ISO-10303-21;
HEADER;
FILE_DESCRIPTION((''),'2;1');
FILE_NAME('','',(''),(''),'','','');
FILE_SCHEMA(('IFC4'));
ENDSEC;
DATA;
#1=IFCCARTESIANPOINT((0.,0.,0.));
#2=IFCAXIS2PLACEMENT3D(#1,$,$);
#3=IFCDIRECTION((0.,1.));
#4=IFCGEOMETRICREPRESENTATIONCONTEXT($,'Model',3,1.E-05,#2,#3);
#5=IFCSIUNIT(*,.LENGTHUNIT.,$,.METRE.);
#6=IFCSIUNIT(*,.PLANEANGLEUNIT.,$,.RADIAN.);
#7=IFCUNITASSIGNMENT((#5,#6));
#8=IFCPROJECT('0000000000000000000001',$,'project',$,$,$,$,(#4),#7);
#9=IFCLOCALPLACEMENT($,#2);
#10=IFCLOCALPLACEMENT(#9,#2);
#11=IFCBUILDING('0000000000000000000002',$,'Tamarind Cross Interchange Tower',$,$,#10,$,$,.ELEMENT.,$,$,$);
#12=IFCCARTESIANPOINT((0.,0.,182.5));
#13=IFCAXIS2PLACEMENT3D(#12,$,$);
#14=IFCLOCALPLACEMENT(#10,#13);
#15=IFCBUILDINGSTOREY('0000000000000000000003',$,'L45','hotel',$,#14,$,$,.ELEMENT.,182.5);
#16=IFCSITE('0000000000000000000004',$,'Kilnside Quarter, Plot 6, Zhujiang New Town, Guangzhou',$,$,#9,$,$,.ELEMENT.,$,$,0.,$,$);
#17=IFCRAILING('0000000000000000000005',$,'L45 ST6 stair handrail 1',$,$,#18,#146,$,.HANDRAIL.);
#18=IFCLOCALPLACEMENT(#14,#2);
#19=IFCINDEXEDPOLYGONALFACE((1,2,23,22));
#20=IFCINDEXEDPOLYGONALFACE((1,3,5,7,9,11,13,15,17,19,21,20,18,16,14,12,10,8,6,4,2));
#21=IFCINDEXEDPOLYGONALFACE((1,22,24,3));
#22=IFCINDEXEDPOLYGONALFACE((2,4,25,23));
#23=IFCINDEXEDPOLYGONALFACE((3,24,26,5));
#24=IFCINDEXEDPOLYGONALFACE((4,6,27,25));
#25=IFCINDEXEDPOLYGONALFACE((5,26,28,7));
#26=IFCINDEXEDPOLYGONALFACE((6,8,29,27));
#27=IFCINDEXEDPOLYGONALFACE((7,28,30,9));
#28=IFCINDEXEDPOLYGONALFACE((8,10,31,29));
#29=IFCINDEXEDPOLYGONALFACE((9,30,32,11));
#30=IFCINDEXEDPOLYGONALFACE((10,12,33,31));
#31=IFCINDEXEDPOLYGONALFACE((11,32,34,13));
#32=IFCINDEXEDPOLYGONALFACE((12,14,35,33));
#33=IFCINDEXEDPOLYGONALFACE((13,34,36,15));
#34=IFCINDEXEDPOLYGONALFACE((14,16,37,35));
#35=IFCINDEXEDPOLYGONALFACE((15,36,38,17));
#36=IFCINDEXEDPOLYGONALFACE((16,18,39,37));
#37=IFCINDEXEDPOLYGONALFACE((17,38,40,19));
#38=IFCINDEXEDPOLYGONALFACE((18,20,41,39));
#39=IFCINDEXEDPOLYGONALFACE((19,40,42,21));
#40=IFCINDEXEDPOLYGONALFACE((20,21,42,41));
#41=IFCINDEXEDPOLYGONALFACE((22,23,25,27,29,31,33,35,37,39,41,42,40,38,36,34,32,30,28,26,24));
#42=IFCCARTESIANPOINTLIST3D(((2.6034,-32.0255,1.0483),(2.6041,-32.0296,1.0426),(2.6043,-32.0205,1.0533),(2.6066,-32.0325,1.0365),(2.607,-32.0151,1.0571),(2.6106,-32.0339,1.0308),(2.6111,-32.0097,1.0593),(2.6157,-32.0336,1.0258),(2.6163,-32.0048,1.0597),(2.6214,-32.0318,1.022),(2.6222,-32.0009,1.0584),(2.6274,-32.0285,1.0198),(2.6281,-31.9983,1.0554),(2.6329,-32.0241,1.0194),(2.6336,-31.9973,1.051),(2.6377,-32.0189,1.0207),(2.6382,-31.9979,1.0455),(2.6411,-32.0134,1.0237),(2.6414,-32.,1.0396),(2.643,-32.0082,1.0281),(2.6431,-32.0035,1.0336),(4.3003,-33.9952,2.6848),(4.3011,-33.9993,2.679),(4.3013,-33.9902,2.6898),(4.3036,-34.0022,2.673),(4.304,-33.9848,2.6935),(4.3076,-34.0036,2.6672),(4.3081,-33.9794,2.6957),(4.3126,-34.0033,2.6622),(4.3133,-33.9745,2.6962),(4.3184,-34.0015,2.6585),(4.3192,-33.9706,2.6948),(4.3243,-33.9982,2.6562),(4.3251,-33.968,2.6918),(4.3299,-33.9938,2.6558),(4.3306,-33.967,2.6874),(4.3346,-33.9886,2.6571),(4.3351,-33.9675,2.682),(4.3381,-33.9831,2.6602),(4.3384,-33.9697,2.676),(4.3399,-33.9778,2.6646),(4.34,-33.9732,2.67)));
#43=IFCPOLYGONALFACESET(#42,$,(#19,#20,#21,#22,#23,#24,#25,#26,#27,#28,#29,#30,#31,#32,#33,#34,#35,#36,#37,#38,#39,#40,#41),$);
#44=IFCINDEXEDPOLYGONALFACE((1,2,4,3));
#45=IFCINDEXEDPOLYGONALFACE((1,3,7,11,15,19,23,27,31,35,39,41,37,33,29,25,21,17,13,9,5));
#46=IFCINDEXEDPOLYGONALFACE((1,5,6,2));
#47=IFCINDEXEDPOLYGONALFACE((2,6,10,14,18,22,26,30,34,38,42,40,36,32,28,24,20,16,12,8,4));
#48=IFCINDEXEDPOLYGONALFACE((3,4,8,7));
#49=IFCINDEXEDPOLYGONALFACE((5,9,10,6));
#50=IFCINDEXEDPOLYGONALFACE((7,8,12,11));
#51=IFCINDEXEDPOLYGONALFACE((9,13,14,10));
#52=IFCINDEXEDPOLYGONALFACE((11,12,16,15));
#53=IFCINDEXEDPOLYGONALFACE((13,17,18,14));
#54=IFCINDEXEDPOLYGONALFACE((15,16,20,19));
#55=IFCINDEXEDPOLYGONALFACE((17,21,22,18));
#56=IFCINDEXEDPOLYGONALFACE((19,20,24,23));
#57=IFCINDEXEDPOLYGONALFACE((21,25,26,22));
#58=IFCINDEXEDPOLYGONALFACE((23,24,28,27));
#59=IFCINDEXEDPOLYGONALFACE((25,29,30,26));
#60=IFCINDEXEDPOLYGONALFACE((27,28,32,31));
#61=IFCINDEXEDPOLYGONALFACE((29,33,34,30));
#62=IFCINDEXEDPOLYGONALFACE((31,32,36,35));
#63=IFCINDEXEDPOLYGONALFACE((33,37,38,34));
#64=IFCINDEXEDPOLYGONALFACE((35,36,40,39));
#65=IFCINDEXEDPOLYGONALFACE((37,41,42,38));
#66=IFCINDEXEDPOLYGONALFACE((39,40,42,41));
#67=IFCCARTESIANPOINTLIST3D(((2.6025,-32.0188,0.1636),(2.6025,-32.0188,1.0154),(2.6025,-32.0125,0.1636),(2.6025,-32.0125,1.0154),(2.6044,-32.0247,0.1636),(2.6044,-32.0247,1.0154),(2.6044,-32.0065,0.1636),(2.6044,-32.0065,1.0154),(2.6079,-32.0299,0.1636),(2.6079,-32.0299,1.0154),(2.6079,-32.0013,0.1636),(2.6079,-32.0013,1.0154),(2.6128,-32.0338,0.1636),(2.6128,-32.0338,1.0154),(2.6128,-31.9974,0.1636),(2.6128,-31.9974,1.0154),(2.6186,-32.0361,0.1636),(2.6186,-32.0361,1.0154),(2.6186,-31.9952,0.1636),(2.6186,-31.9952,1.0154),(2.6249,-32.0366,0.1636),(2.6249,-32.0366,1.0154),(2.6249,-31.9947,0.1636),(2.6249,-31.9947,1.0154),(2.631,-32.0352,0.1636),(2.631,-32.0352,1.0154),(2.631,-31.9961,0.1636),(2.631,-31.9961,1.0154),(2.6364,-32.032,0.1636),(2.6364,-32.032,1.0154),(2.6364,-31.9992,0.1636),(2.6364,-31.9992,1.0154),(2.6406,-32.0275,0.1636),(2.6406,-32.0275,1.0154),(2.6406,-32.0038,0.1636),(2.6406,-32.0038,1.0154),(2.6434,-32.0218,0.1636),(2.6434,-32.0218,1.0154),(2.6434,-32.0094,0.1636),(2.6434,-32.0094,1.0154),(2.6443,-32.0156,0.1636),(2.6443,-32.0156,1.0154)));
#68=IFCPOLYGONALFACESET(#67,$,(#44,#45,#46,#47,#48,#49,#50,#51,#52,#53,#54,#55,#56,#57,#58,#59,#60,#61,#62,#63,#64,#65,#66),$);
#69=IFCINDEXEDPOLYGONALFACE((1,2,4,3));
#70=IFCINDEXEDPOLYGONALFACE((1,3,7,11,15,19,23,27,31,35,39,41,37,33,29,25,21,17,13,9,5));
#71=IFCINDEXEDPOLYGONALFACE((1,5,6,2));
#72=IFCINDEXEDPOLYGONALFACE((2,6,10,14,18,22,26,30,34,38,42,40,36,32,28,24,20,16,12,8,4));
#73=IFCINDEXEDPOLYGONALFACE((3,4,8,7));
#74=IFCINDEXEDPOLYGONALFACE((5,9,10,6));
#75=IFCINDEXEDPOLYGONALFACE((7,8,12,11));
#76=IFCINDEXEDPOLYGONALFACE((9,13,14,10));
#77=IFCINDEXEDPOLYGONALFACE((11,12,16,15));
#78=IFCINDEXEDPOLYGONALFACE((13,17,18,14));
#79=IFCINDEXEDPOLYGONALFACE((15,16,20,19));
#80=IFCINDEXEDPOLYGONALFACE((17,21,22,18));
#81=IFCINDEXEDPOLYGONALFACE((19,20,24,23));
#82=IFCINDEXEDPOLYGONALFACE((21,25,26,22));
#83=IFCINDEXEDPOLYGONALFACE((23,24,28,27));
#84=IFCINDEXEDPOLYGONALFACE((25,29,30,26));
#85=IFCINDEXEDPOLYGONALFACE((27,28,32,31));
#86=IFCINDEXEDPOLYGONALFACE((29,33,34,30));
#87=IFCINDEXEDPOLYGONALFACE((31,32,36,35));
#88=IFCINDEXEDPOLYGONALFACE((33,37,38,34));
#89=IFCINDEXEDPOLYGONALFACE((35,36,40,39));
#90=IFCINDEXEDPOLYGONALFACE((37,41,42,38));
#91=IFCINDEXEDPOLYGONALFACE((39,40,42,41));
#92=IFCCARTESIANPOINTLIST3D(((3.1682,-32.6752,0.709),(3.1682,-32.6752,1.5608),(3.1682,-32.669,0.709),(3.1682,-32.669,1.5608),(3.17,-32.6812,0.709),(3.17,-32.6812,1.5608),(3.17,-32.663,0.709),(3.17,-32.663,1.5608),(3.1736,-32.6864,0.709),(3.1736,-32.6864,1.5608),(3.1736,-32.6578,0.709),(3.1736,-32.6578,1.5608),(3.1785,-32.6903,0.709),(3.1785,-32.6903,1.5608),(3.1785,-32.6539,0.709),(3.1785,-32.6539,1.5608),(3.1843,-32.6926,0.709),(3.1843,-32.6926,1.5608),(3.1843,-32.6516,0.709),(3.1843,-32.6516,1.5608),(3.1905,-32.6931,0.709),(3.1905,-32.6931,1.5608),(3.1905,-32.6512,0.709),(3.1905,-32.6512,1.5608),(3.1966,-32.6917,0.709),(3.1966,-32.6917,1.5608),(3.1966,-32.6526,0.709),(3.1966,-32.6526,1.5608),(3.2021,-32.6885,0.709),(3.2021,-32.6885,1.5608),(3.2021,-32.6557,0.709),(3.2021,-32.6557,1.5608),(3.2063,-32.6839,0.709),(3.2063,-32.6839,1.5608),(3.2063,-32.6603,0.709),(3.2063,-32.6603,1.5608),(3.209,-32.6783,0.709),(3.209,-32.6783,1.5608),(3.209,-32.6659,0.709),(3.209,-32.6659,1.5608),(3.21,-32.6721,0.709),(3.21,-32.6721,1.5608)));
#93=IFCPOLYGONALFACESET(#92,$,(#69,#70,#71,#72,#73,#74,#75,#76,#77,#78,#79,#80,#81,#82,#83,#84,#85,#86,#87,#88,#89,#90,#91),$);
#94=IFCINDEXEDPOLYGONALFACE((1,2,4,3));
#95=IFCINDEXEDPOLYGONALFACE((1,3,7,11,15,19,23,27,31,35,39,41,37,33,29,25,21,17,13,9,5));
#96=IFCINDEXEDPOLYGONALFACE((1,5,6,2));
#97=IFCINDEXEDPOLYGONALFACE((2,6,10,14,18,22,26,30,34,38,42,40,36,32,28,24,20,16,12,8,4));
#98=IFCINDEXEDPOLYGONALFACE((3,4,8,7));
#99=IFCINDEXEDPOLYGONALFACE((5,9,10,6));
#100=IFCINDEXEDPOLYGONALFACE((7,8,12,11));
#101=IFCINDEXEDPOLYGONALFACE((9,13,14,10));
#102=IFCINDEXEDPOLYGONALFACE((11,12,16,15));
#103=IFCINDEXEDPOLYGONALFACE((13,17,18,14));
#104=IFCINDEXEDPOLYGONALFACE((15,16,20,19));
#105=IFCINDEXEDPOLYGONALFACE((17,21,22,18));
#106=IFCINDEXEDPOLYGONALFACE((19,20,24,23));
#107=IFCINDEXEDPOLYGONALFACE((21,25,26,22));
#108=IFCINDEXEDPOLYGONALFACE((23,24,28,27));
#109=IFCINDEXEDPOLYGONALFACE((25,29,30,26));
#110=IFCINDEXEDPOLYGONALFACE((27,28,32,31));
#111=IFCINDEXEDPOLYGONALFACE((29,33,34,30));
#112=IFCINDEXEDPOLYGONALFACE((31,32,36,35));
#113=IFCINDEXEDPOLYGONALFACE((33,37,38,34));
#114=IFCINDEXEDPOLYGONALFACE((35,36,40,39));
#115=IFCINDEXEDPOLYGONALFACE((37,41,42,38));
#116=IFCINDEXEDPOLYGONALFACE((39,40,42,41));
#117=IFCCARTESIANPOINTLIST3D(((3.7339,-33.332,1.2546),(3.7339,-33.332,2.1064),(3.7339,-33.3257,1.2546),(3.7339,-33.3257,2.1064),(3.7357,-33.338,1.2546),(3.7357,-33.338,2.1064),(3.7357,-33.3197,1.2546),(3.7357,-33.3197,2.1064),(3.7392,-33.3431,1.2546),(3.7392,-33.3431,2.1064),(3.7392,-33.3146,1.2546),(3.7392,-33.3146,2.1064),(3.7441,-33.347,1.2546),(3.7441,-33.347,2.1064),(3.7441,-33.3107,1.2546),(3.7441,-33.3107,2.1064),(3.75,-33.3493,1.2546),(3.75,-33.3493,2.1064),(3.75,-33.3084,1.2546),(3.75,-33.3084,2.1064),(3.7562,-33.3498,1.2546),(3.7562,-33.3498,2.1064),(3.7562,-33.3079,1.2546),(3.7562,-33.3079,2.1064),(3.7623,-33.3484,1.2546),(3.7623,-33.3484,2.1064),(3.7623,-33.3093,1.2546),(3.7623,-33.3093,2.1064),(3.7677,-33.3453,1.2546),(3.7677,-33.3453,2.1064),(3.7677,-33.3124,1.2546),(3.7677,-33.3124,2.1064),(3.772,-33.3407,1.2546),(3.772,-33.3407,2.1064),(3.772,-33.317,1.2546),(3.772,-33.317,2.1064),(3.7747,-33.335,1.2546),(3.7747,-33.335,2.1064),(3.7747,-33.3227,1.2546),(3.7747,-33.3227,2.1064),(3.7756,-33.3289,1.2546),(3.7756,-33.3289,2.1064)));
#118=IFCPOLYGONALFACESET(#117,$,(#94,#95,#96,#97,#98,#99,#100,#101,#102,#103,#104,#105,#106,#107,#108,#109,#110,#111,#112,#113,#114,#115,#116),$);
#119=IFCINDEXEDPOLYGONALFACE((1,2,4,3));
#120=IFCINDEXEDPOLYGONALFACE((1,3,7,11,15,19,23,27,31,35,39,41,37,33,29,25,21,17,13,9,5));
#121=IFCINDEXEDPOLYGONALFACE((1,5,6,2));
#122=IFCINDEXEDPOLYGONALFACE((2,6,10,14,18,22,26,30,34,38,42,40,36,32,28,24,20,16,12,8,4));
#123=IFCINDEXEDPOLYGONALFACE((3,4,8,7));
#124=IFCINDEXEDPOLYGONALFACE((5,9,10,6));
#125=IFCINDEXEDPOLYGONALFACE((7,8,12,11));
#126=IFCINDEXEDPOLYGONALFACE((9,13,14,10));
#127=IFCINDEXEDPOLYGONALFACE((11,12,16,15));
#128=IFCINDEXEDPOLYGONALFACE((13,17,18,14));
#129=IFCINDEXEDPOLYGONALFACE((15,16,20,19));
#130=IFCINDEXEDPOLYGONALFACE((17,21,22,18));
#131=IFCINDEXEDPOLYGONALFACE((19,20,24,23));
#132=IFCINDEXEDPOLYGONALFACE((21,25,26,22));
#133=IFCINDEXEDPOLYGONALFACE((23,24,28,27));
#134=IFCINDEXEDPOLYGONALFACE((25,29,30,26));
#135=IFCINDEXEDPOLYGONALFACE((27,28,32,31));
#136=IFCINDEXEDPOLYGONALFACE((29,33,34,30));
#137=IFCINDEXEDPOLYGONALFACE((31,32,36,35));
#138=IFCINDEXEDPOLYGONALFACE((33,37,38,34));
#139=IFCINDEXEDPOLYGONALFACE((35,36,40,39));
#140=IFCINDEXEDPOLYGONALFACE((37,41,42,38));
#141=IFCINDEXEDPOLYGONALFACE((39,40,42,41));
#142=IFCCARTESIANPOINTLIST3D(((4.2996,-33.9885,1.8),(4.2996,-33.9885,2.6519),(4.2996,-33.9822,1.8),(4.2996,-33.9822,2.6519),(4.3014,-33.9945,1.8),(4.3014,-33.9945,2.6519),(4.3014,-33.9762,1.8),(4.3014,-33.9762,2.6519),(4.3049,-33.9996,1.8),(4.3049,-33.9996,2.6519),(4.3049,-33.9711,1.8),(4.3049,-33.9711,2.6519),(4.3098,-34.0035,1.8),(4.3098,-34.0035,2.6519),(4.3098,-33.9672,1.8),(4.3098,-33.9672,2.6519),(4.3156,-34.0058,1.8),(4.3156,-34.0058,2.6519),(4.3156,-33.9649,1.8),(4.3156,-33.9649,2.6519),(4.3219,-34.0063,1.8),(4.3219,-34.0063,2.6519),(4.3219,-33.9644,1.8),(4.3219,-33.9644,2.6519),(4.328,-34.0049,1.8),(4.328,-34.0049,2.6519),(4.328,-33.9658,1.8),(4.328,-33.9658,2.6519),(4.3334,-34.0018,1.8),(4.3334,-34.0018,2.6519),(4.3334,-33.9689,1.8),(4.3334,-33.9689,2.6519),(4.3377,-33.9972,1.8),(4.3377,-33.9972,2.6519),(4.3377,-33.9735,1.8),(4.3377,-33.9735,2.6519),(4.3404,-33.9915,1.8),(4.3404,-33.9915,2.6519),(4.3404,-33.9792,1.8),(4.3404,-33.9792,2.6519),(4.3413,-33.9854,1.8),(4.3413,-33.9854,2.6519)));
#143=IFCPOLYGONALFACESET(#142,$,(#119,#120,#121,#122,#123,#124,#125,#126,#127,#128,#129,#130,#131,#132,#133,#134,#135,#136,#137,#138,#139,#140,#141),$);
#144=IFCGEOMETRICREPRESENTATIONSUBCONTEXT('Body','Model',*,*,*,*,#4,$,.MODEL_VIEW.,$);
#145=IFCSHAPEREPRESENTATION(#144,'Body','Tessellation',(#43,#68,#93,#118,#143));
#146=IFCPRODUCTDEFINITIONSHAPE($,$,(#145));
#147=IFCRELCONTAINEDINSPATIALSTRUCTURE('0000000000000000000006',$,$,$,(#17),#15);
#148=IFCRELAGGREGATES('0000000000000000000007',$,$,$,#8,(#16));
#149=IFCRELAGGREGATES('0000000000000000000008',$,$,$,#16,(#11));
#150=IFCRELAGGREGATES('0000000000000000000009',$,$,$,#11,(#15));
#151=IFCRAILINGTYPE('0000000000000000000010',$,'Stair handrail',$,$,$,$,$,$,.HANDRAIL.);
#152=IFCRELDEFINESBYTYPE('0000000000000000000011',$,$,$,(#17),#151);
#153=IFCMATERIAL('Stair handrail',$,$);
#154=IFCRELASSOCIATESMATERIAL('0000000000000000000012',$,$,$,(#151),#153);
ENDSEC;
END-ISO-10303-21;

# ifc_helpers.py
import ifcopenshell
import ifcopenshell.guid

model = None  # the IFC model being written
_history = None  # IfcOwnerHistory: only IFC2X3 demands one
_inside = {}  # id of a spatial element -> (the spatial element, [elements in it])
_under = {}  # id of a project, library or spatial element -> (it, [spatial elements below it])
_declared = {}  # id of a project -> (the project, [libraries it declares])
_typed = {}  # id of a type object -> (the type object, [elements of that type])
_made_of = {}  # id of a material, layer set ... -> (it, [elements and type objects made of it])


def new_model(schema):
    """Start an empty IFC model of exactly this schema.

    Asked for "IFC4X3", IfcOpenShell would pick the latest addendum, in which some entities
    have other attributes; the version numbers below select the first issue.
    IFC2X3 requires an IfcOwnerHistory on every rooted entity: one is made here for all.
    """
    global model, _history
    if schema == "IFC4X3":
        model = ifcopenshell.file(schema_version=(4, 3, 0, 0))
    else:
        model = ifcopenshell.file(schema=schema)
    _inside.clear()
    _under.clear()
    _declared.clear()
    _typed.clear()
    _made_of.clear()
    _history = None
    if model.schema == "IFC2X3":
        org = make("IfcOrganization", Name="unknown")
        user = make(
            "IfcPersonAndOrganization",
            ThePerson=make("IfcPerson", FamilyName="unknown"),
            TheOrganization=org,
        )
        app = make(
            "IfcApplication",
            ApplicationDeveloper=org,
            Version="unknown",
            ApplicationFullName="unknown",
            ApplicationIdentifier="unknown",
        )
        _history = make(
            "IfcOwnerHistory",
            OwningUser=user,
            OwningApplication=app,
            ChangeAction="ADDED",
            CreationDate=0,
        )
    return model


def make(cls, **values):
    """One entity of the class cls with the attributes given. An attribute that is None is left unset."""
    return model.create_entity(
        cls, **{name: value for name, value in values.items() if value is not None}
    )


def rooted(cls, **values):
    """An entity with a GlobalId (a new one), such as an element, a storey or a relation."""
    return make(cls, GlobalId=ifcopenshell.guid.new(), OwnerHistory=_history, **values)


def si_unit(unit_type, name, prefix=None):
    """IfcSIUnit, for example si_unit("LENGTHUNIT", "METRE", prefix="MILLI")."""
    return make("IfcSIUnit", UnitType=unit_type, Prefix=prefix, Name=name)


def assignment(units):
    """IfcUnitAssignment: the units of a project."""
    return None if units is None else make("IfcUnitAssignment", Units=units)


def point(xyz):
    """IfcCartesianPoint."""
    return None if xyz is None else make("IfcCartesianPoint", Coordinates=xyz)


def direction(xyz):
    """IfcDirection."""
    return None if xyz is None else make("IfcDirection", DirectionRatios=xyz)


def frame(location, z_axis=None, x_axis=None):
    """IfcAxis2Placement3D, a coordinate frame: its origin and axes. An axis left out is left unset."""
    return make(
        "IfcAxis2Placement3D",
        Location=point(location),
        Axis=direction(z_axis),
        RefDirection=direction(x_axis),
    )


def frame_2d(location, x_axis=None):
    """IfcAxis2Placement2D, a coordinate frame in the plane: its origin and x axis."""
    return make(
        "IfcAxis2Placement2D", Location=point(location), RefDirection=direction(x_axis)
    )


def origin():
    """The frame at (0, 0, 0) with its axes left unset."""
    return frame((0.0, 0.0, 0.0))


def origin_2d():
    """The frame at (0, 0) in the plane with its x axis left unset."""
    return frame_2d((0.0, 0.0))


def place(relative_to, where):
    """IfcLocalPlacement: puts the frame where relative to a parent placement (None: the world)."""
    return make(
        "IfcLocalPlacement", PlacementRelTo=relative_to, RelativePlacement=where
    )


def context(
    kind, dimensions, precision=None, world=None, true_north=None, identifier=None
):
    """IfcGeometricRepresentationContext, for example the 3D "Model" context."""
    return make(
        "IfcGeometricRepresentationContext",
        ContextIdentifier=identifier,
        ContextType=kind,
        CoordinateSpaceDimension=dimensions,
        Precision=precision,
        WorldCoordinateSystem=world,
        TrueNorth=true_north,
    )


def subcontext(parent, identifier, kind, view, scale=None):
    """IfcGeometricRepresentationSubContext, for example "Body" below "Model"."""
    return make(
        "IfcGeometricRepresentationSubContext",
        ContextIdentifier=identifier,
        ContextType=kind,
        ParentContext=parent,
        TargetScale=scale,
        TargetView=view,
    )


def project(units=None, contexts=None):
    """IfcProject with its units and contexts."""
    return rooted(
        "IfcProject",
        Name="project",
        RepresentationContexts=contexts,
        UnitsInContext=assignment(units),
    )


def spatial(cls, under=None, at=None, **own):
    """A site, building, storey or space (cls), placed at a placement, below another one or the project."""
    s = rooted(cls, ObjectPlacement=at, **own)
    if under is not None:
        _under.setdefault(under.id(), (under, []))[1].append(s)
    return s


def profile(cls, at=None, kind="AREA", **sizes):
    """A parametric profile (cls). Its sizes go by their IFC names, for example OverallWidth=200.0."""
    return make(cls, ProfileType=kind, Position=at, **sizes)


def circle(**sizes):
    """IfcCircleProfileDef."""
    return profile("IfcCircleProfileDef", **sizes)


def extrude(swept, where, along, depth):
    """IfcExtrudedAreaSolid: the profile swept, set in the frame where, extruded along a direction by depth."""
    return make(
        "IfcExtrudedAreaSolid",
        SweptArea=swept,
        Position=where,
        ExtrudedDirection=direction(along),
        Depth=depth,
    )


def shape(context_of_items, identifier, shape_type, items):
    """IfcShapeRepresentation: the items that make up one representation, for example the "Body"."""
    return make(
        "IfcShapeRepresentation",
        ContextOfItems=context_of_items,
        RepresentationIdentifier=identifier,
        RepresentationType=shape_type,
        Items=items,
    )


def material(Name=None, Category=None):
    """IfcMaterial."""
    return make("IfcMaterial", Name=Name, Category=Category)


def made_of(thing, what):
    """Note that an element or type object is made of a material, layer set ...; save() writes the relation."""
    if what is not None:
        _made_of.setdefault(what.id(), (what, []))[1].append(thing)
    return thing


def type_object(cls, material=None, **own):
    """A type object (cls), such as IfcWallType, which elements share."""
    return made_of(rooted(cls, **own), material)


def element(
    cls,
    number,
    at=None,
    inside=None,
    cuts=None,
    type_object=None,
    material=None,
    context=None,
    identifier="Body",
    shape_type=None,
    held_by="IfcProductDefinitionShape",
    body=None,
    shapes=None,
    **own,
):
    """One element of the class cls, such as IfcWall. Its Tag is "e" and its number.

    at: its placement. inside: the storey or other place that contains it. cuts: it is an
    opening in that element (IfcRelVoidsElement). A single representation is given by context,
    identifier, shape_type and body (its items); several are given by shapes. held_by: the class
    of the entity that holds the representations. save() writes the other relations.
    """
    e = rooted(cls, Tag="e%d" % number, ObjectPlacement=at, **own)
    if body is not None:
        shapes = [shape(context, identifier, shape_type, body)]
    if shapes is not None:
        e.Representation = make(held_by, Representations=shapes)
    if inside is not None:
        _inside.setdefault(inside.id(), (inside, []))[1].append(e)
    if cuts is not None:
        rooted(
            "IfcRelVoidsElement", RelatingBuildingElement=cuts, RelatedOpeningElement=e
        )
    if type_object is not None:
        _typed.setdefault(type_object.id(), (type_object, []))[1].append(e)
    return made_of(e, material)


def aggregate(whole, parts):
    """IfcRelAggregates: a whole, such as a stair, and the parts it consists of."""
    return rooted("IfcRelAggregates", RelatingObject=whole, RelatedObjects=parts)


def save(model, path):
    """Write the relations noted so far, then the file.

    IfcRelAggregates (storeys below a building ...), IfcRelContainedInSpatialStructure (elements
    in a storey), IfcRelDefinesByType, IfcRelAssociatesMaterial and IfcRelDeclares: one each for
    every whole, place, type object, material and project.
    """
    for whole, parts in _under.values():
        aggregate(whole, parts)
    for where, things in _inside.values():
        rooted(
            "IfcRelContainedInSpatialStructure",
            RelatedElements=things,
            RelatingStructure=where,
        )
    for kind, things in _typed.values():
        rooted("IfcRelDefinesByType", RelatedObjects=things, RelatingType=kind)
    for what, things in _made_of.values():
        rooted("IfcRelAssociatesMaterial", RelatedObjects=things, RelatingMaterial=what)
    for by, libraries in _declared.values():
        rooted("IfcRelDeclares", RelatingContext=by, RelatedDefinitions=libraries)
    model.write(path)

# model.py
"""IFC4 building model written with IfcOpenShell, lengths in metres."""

from ifc_helpers import new_model, si_unit, direction, frame, origin, origin_2d, place, context, subcontext, project, spatial, circle, extrude, material, type_object, element, save


model = new_model("IFC4")

# Units and contexts
model_context = context("Model", 3, precision=1e-05, world=origin(), true_north=direction((0.0, 1.0)))
body_context = subcontext(model_context, "Body", "Model", "MODEL_VIEW")
ifc_project = project(units=[si_unit("LENGTHUNIT", "METRE"), si_unit("PLANEANGLEUNIT", "RADIAN")], contexts=[model_context])

# Site, building, storey
site_placement = place(None, origin())
site = spatial("IfcSite", under=ifc_project, at=site_placement, Name="Kilnside Quarter, Plot 6, Zhujiang New Town, Guangzhou", CompositionType="ELEMENT", RefElevation=0.0)
building_placement = place(site_placement, origin())
building = spatial("IfcBuilding", under=site, at=building_placement, Name="Tamarind Cross Interchange Tower", CompositionType="ELEMENT")
storey_placement = place(building_placement, frame((0.0, 0.0, 182.5)))
storey = spatial("IfcBuildingStorey", under=building, at=storey_placement, Name="L45", Description="hotel", CompositionType="ELEMENT", Elevation=182.5)

# Railing
ifc_material_1 = material(Name="Stair handrail")
railing_type_1 = type_object("IfcRailingType", Name="Stair handrail", PredefinedType="HANDRAIL", material=ifc_material_1)
railing_1_placement = place(storey_placement, frame((2.6233, -32.0156, 0.1636)))
element("IfcRailing", 1, at=railing_1_placement, inside=storey, type_object=railing_type_1, Name="L45 ST6 stair handrail 1", PredefinedType="HANDRAIL", context=body_context, shape_type="SweptSolid", body=[
    extrude(circle(Radius=0.0239, at=origin_2d()), frame((0.0, 0.0, 0.876), z_axis=(0.552399, -0.641168, 0.53269), x_axis=(0.757604, 0.652715, 0.0)), (0.0, 0.0, 1.0), 3.072),
    extrude(circle(Radius=0.021, at=origin_2d()), origin(), (0.0, 0.0, 1.0), 0.8518),
    extrude(circle(Radius=0.021, at=origin_2d()), frame((0.5657, -0.6565, 0.5454)), (0.0, 0.0, 1.0), 0.8518),
    extrude(circle(Radius=0.021, at=origin_2d()), frame((1.1313, -1.3132, 1.0911)), (0.0, 0.0, 1.0), 0.8518),
    extrude(circle(Radius=0.021, at=origin_2d()), frame((1.697, -1.9697, 1.6365)), (0.0, 0.0, 1.0), 0.8518),
])

save(model, "model.ifc")
